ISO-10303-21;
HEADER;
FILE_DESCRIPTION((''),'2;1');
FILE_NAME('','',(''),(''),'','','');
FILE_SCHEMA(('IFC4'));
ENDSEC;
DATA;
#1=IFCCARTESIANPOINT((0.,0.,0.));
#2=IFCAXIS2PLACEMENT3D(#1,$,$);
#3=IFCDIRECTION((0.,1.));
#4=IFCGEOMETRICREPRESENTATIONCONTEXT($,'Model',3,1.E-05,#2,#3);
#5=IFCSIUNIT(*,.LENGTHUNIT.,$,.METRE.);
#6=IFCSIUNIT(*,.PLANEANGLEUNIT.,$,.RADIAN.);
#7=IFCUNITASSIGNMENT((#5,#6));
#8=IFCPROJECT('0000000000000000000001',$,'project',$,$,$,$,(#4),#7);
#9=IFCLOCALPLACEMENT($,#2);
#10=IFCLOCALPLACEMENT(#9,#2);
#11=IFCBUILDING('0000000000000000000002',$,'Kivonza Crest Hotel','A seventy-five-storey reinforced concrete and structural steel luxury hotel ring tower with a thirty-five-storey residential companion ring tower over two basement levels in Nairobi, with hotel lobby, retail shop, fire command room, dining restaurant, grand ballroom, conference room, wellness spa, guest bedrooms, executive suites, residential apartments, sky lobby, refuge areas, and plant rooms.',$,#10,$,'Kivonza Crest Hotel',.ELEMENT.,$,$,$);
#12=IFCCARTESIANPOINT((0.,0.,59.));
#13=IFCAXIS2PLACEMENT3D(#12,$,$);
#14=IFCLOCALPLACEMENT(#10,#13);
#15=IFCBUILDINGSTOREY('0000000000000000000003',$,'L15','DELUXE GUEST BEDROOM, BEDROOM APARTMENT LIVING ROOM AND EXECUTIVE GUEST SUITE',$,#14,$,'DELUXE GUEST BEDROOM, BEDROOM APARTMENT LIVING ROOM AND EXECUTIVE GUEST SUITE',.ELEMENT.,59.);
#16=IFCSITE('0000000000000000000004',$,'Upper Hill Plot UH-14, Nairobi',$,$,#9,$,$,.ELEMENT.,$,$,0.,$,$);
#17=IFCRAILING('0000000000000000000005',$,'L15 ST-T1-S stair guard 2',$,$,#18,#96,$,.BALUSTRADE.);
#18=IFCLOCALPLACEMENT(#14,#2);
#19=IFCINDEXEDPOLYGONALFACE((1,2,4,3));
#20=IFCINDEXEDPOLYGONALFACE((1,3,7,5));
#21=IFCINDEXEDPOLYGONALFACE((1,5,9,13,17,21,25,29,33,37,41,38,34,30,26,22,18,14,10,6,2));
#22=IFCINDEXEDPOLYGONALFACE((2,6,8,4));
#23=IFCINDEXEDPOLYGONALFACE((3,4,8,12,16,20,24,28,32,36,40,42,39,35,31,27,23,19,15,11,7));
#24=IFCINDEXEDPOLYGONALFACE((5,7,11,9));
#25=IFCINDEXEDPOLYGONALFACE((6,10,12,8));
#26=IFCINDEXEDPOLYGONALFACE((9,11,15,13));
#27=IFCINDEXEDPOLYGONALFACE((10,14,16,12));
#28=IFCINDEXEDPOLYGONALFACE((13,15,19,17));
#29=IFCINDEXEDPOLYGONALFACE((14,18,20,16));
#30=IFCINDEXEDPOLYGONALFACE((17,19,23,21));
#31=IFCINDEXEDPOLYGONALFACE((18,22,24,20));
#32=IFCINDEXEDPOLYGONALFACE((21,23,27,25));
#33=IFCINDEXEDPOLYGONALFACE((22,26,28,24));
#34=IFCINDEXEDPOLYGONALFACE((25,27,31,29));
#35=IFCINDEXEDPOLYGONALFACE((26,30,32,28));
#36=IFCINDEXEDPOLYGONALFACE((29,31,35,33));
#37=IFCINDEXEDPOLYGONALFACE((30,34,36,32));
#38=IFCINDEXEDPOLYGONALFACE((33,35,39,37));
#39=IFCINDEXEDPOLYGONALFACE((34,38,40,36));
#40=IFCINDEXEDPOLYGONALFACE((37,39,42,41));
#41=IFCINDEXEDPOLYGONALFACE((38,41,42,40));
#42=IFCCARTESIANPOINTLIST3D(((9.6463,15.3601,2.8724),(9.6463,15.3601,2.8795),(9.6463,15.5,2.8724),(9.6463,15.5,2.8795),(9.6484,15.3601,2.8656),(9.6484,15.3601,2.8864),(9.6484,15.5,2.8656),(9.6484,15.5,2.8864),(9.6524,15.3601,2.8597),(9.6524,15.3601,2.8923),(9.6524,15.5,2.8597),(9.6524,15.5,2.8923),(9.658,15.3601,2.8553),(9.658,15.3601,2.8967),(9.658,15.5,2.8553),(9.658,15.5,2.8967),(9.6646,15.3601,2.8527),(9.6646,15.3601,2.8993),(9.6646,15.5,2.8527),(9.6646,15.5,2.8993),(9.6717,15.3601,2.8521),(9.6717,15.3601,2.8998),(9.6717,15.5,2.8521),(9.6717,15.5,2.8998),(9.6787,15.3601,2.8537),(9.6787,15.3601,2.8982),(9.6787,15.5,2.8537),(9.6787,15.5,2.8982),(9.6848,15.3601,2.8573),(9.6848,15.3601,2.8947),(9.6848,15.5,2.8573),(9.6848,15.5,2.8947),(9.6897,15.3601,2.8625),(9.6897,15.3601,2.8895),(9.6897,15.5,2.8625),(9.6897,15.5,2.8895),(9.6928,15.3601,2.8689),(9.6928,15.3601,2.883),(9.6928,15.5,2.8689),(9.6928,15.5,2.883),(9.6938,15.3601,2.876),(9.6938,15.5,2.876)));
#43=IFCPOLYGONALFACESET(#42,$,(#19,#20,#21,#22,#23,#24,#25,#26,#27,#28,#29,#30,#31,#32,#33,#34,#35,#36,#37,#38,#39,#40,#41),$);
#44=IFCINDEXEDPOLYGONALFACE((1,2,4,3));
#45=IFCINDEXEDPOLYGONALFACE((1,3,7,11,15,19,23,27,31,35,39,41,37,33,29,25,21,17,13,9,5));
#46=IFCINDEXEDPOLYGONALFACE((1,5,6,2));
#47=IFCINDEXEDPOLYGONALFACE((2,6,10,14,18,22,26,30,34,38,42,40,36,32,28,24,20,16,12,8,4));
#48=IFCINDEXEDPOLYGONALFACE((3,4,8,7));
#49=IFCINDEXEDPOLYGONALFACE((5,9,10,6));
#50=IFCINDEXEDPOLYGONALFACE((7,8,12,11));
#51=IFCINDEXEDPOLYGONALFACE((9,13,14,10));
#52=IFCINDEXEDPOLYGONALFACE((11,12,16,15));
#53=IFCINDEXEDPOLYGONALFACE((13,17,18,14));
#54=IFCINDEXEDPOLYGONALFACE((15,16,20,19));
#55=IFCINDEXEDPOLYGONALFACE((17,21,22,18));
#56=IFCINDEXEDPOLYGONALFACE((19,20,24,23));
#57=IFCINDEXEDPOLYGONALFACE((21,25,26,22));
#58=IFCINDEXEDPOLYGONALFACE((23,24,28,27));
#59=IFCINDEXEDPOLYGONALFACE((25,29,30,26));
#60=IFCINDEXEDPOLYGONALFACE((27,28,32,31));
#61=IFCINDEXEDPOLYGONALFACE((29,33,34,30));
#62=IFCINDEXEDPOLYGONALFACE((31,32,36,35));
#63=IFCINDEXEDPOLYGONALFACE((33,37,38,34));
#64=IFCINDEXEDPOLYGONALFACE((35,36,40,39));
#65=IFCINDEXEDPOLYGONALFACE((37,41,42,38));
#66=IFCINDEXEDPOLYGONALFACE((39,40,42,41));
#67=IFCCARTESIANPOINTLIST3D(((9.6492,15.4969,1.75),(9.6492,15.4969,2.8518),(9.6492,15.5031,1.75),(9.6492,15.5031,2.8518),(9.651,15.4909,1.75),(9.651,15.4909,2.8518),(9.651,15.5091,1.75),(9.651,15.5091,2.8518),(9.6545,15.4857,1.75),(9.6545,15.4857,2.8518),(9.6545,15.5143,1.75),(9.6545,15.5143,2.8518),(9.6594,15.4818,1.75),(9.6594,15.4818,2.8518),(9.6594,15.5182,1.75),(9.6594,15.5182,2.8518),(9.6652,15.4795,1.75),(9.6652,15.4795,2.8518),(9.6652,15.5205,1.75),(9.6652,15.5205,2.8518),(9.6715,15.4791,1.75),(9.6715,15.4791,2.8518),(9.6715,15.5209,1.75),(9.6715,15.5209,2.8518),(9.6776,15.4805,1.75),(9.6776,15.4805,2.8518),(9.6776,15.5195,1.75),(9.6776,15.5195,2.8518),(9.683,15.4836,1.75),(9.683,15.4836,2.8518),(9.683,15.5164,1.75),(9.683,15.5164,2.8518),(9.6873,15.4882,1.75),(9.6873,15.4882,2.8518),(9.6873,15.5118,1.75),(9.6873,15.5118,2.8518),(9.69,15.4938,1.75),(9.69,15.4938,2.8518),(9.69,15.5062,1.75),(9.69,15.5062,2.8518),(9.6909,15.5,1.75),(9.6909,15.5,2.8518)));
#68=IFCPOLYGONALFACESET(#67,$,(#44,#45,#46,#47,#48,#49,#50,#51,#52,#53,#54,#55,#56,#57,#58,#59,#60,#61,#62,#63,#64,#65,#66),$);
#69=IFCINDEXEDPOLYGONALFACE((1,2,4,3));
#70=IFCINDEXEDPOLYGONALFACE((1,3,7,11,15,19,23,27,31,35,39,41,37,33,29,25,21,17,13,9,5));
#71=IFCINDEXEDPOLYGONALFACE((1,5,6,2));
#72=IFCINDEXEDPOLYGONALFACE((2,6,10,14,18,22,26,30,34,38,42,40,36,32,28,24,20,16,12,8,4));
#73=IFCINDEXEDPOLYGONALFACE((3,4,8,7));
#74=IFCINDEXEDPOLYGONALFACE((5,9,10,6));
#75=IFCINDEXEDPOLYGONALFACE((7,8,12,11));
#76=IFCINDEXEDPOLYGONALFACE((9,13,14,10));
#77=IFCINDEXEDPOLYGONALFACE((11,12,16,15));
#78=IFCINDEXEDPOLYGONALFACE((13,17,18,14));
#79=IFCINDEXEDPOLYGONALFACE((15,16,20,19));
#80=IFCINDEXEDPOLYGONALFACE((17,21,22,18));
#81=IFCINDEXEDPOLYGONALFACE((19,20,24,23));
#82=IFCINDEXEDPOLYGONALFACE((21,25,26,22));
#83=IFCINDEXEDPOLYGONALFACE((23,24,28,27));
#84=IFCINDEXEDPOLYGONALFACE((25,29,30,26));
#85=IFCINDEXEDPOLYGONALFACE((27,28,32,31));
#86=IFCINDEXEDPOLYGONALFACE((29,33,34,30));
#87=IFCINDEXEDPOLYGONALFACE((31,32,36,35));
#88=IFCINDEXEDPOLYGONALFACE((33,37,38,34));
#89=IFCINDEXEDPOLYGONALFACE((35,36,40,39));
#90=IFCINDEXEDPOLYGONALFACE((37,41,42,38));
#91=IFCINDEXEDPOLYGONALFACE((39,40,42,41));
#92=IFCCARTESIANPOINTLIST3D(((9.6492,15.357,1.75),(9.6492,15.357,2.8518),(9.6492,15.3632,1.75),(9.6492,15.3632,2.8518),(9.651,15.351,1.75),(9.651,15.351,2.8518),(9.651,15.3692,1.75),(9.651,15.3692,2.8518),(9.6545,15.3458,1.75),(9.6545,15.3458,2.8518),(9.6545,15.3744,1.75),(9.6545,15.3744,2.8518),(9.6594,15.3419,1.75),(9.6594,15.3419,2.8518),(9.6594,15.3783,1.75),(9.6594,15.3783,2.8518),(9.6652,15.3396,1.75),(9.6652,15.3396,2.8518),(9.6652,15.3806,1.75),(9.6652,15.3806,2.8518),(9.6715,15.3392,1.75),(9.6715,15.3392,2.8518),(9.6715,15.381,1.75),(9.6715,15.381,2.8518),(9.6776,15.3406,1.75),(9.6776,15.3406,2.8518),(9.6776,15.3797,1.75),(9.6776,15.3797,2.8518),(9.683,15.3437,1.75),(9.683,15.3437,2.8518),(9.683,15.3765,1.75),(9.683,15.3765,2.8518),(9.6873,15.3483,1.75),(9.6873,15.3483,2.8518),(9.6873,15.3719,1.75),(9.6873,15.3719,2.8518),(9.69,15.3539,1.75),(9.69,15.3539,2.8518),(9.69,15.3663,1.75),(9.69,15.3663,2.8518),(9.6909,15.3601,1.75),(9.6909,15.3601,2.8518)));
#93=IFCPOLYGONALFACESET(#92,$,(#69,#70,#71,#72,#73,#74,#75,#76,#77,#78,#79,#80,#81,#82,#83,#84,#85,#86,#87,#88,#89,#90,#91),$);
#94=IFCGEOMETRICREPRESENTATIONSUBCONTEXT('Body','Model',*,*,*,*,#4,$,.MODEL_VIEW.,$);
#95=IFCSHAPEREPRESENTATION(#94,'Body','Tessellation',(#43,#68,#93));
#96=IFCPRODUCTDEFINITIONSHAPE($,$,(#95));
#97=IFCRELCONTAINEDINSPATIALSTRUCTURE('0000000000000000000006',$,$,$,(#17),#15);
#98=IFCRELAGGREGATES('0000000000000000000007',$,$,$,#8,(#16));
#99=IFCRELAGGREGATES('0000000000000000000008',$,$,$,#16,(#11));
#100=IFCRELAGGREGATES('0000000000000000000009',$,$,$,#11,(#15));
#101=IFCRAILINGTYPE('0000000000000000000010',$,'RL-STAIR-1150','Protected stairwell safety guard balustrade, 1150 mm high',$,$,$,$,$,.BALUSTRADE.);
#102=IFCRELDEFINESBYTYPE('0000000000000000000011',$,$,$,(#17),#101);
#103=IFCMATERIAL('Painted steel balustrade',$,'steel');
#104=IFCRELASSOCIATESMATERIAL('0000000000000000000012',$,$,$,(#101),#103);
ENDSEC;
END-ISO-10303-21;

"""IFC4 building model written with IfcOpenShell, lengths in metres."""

from ifc_helpers import new_model, si_unit, direction, frame, origin, origin_2d, place, context, subcontext, project, spatial, circle, extrude, material, type_object, element, save


model = new_model("IFC4")

# Units and contexts
model_context = context("Model", 3, precision=1e-05, world=origin(), true_north=direction((0.0, 1.0)))
body_context = subcontext(model_context, "Body", "Model", "MODEL_VIEW")
ifc_project = project(units=[si_unit("LENGTHUNIT", "METRE"), si_unit("PLANEANGLEUNIT", "RADIAN")], contexts=[model_context])

# Site, building, storey
site_placement = place(None, origin())
site = spatial("IfcSite", under=ifc_project, at=site_placement, Name="Upper Hill Plot UH-14, Nairobi", CompositionType="ELEMENT", RefElevation=0.0)
building_placement = place(site_placement, origin())
building = spatial("IfcBuilding", under=site, at=building_placement, Name="Kivonza Crest Hotel", Description="A seventy-five-storey reinforced concrete and structural steel luxury hotel ring tower with a thirty-five-storey residential companion ring tower over two basement levels in Nairobi, with hotel lobby, retail shop, fire command room, dining restaurant, grand ballroom, conference room, wellness spa, guest bedrooms, executive suites, residential apartments, sky lobby, refuge areas, and plant rooms.", LongName="Kivonza Crest Hotel", CompositionType="ELEMENT")
storey_placement = place(building_placement, frame((0.0, 0.0, 59.0)))
storey = spatial("IfcBuildingStorey", under=building, at=storey_placement, Name="L15", Description="DELUXE GUEST BEDROOM, BEDROOM APARTMENT LIVING ROOM AND EXECUTIVE GUEST SUITE", LongName="DELUXE GUEST BEDROOM, BEDROOM APARTMENT LIVING ROOM AND EXECUTIVE GUEST SUITE", CompositionType="ELEMENT", Elevation=59.0)

# Railing
ifc_material_1 = material(Name="Painted steel balustrade", Category="steel")
railing_type_1 = type_object("IfcRailingType", Name="RL-STAIR-1150", Description="Protected stairwell safety guard balustrade, 1150 mm high", PredefinedType="BALUSTRADE", material=ifc_material_1)
railing_1_placement = place(storey_placement, frame((9.6699, 15.5, 1.75)))
element("IfcRailing", 1, at=railing_1_placement, inside=storey, type_object=railing_type_1, Name="L15 ST-T1-S stair guard 2", PredefinedType="BALUSTRADE", context=body_context, shape_type="SweptSolid", body=[
    extrude(circle(Radius=0.0239, at=origin_2d()), frame((0.0, 0.0, 1.126), z_axis=(0.0, -1.0, 0.0), x_axis=(1.0, 0.0, 0.0)), (0.0, 0.0, 1.0), 0.1399),
    extrude(circle(Radius=0.021, at=origin_2d()), origin(), (0.0, 0.0, 1.0), 1.1018),
    extrude(circle(Radius=0.021, at=origin_2d()), frame((0.0, -0.1399, 0.0)), (0.0, 0.0, 1.0), 1.1018),
])

save(model, "model.ifc")
